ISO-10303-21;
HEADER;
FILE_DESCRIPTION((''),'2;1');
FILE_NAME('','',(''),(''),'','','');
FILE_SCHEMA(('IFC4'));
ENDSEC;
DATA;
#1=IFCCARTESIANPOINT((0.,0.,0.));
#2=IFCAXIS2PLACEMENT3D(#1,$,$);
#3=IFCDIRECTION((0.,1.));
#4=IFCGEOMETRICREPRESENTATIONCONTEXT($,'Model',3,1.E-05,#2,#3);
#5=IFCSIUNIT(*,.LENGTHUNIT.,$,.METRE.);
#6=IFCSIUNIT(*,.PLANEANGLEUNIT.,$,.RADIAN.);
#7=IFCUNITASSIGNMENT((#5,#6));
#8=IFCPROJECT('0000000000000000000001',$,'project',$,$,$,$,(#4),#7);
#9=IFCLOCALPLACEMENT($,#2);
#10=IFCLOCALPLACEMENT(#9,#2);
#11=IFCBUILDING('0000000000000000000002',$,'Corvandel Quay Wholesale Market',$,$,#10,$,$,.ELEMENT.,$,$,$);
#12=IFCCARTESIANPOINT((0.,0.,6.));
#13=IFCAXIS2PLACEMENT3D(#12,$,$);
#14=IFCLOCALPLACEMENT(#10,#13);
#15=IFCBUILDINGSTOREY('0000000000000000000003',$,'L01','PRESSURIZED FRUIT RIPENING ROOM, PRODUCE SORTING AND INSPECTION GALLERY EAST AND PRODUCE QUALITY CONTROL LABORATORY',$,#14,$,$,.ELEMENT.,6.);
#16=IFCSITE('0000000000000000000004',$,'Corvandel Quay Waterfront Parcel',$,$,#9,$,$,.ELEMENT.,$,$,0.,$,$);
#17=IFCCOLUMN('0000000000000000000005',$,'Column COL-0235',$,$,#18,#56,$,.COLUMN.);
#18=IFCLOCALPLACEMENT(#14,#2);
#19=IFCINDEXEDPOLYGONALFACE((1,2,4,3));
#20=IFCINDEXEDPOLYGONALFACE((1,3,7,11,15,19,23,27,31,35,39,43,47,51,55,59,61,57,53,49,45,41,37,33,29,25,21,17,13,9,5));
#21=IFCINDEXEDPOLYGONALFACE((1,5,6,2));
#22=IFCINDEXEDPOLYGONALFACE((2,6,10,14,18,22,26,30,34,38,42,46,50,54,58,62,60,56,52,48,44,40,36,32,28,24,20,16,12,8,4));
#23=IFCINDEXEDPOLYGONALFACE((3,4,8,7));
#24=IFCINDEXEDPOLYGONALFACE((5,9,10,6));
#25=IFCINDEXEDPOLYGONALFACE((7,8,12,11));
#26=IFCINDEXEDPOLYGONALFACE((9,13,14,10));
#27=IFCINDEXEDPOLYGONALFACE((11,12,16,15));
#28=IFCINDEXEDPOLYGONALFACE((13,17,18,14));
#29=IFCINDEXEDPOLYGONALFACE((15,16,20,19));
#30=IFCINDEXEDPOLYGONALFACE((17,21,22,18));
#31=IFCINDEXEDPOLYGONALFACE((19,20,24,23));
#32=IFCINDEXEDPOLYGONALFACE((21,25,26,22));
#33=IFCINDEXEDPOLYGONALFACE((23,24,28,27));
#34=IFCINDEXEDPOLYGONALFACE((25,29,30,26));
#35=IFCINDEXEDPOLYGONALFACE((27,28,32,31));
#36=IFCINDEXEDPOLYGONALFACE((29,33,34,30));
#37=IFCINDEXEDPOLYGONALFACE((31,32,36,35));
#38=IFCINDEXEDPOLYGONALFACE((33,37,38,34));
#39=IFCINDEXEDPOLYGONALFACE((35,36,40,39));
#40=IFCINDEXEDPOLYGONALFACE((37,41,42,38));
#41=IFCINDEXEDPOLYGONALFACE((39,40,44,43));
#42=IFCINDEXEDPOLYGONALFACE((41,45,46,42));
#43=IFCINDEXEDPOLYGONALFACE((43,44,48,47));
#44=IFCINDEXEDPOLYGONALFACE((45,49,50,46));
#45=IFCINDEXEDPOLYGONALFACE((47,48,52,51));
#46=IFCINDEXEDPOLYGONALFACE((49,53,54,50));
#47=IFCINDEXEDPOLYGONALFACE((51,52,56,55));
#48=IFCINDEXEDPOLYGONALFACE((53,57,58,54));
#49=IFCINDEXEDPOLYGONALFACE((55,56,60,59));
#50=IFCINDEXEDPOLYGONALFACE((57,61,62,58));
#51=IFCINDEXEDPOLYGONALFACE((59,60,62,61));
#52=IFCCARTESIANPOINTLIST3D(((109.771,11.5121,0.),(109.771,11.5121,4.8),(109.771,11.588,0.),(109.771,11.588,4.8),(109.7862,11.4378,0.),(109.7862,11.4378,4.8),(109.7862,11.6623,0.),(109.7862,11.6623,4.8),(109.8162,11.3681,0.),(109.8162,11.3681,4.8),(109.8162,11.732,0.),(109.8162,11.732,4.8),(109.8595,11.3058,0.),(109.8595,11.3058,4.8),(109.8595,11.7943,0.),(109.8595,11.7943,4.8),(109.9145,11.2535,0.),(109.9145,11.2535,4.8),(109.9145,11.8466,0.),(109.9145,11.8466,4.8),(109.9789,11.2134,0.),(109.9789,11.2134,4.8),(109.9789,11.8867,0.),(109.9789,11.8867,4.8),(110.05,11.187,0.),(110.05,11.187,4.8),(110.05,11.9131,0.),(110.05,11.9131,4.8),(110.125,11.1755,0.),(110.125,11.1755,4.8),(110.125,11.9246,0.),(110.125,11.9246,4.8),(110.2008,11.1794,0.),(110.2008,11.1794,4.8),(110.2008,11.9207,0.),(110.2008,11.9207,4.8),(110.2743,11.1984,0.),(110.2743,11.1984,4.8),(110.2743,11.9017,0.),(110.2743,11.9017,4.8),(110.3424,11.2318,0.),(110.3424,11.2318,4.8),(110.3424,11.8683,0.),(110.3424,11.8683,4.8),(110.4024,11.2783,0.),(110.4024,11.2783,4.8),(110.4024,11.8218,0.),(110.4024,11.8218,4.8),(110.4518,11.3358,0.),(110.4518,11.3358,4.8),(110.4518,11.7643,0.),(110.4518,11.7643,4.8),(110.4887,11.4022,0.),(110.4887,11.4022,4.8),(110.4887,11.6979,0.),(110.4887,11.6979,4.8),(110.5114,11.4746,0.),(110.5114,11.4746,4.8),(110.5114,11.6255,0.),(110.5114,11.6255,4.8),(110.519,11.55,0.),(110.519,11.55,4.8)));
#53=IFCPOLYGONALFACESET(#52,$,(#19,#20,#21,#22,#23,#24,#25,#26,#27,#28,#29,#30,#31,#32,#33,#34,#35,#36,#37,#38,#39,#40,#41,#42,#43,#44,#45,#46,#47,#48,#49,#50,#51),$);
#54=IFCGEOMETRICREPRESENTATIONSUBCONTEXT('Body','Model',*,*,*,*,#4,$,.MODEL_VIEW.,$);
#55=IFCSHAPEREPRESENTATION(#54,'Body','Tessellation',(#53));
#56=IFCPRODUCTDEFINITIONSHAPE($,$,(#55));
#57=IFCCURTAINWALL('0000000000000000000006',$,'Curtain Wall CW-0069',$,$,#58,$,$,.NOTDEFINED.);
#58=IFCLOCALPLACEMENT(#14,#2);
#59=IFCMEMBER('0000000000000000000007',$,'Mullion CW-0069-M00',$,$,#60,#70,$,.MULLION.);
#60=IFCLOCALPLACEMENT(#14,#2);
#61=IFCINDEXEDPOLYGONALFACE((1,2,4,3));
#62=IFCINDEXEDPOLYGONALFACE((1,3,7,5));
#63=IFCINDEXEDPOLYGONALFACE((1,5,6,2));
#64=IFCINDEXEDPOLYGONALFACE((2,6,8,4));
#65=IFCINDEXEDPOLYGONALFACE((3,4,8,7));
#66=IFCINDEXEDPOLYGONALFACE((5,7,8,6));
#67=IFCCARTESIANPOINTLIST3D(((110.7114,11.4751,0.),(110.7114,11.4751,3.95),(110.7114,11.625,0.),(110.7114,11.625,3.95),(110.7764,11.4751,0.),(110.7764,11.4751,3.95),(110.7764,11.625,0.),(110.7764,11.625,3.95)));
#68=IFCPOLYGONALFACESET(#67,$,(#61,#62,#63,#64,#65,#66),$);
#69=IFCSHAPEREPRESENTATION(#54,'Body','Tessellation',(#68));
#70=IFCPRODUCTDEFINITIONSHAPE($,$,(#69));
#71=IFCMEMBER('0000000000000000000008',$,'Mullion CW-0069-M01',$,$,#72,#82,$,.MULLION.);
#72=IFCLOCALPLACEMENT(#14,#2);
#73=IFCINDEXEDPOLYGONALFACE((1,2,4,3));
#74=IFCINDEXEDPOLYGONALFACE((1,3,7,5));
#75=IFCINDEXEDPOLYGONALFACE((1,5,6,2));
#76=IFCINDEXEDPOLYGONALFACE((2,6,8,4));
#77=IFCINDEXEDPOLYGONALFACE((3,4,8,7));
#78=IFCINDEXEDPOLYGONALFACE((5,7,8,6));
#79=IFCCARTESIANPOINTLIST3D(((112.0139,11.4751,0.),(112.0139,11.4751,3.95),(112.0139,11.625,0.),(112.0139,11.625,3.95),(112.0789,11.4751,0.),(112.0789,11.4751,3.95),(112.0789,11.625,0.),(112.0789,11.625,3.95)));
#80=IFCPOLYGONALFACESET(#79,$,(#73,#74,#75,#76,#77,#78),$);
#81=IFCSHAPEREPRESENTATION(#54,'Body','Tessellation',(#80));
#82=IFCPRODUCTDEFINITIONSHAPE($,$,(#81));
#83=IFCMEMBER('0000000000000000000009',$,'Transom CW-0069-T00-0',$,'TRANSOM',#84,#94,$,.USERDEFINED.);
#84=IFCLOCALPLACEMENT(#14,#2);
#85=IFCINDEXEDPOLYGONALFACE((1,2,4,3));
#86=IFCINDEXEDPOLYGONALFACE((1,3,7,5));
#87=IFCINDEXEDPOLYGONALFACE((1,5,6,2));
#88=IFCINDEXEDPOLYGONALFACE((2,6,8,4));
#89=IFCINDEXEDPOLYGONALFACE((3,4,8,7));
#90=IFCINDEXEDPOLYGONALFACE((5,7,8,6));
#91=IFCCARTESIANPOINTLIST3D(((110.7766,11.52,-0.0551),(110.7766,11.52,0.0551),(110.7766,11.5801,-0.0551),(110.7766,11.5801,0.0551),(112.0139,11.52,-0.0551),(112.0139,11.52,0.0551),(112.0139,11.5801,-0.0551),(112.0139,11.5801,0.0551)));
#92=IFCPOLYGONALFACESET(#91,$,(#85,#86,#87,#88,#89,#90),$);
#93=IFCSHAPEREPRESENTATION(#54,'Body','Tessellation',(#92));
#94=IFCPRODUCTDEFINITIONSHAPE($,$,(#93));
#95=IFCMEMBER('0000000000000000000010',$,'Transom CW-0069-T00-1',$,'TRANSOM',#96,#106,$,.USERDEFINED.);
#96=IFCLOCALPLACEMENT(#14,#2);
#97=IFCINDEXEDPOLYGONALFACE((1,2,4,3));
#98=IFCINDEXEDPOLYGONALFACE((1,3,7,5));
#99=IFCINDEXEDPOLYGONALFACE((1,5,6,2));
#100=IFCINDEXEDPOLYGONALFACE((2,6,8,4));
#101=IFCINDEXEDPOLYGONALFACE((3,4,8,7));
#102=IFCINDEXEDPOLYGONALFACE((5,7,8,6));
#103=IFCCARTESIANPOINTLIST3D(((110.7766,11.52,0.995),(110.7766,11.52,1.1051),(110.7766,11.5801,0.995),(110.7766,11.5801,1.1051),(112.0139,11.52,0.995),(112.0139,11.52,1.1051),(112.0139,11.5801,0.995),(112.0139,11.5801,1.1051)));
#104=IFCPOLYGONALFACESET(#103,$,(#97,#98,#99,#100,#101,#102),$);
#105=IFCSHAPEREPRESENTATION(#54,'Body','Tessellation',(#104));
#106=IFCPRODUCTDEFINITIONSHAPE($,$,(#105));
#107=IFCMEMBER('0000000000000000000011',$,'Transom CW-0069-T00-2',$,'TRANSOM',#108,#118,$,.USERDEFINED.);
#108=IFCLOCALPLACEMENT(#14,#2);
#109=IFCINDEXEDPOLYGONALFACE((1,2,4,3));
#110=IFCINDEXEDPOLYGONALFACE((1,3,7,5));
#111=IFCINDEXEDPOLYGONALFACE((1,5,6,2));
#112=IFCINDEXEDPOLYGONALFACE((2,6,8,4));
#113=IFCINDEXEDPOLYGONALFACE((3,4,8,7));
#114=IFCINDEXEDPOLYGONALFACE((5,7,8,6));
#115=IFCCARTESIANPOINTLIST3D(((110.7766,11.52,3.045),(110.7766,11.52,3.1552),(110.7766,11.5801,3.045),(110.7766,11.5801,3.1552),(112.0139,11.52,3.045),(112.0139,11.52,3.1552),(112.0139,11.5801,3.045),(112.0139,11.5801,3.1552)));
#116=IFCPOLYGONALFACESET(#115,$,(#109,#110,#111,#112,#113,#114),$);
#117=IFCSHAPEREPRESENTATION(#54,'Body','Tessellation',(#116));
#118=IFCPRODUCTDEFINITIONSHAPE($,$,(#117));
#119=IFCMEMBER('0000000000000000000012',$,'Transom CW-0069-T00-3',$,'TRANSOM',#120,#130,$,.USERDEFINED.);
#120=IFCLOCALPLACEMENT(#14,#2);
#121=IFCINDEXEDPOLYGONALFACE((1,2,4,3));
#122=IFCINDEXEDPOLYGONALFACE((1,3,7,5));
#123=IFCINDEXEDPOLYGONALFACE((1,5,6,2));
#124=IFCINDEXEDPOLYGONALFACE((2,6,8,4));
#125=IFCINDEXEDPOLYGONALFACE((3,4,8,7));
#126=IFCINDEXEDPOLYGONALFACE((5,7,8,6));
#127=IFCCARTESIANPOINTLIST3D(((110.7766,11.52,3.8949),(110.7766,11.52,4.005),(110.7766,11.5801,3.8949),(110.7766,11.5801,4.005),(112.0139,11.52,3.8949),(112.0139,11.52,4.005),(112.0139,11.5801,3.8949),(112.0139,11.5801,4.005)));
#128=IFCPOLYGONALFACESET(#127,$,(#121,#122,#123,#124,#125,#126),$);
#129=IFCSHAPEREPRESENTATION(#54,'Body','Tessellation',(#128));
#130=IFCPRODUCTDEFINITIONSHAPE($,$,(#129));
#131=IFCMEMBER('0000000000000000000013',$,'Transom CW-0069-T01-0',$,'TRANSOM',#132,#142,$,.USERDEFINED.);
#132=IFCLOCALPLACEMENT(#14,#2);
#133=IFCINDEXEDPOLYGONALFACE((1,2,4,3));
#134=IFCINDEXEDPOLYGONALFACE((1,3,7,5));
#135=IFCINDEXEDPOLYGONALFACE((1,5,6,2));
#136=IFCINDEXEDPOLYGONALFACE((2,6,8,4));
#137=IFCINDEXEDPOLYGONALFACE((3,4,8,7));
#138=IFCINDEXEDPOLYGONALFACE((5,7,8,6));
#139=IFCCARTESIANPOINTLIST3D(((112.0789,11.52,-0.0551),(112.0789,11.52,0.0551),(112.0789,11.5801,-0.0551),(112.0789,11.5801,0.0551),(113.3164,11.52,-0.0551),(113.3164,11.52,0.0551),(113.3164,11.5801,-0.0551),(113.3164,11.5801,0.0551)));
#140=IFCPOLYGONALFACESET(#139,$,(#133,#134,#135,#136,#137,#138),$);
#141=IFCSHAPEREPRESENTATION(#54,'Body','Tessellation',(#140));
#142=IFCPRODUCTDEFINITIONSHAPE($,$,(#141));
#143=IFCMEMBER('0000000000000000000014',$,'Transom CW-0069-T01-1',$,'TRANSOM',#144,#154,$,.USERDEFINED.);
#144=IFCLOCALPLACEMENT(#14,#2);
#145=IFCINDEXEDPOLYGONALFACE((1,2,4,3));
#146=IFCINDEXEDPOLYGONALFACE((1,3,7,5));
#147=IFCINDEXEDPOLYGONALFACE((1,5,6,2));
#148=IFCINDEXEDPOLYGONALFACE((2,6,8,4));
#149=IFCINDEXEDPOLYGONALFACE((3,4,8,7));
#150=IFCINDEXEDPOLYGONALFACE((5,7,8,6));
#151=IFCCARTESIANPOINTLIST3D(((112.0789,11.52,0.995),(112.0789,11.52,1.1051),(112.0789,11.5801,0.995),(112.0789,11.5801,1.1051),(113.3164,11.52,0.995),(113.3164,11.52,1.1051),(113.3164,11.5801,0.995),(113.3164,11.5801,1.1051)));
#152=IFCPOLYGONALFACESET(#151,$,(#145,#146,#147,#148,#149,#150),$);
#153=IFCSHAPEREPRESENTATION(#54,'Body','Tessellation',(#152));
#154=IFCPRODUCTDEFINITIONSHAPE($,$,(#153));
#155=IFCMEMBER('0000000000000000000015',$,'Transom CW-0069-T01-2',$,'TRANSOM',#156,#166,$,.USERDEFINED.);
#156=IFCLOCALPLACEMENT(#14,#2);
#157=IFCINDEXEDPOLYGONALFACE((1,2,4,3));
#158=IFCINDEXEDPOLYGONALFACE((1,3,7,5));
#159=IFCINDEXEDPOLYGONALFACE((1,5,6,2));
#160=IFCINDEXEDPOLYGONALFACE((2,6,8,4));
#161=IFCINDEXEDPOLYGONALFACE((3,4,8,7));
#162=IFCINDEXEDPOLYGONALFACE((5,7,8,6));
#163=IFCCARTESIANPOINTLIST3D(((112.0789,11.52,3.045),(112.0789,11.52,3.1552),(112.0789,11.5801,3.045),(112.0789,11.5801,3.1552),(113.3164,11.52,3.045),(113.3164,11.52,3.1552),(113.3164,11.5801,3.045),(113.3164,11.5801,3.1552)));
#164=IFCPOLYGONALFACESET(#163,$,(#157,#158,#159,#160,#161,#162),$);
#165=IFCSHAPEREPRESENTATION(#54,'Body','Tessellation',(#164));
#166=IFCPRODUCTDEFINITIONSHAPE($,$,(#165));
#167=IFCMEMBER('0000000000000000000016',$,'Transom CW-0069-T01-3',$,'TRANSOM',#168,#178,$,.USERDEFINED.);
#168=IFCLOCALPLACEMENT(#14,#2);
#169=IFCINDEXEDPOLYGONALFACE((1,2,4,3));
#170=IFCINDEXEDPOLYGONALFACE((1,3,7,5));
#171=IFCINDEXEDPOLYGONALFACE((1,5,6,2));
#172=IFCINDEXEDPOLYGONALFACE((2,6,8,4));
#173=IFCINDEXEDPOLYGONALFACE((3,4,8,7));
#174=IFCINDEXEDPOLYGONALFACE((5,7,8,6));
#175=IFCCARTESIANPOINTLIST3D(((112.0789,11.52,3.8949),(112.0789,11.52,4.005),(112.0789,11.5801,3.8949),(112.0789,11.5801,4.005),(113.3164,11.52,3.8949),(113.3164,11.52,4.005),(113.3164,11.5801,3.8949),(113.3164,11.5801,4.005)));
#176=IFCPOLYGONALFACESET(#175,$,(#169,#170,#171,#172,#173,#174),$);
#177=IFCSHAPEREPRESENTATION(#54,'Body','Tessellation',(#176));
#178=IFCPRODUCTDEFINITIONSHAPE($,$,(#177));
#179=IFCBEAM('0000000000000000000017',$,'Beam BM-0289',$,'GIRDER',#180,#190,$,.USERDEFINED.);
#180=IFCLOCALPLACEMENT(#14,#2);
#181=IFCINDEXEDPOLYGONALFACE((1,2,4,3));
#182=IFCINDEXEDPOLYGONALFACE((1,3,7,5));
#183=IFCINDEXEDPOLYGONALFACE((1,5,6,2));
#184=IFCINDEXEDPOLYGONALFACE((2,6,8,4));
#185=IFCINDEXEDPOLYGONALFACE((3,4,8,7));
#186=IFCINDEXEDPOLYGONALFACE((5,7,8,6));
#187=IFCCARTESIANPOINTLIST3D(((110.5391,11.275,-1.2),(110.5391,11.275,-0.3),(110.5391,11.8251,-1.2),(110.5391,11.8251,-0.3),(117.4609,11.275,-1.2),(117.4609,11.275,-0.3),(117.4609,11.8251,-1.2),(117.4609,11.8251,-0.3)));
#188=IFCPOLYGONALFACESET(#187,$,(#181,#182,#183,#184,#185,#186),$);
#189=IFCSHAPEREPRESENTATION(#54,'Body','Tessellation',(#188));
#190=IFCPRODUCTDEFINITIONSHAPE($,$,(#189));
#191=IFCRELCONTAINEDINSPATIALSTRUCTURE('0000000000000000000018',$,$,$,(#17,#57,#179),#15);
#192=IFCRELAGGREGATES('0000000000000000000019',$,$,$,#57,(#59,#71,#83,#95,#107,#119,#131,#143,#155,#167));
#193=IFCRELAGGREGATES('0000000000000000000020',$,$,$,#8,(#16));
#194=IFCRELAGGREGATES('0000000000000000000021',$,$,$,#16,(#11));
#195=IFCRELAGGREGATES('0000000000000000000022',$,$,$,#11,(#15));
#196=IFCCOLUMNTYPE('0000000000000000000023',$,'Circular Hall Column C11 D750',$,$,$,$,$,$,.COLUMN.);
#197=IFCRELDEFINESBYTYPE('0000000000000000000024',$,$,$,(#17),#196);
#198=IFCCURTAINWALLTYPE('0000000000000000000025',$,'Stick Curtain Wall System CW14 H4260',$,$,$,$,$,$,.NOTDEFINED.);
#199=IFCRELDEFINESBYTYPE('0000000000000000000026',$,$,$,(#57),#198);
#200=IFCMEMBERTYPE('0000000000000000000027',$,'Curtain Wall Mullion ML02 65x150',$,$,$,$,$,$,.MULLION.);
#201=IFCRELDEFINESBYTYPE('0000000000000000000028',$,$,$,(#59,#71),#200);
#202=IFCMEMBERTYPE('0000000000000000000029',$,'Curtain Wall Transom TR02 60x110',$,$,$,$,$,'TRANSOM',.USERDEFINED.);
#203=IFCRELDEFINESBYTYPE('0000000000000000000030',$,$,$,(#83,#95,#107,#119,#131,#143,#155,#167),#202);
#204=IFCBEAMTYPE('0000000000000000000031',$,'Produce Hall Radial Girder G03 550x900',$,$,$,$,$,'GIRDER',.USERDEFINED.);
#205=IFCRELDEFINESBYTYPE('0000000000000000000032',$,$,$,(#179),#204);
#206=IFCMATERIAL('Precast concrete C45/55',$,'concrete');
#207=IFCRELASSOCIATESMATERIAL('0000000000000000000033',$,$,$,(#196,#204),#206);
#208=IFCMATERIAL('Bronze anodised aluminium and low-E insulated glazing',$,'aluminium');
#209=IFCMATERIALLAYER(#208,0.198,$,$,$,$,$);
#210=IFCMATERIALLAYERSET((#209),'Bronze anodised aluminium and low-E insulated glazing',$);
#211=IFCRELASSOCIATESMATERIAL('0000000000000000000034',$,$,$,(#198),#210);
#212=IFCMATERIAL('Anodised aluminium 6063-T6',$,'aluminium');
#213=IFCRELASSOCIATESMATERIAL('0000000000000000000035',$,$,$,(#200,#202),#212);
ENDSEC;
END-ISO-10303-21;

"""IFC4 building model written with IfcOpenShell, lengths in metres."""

from ifc_helpers import new_model, si_unit, direction, frame, origin, origin_2d, place, context, subcontext, project, spatial, rectangle, circle, extrude, material, layer, layer_set, material_profile, profile_set, type_object, element, aggregate, save


model = new_model("IFC4")

# Units and contexts
model_context = context("Model", 3, precision=1e-05, world=origin(), true_north=direction((0.0, 1.0)))
body_context = subcontext(model_context, "Body", "Model", "MODEL_VIEW")
ifc_project = project(units=[si_unit("LENGTHUNIT", "METRE"), si_unit("PLANEANGLEUNIT", "RADIAN")], contexts=[model_context])

# Site, building, storey
site_placement = place(None, origin())
site = spatial("IfcSite", under=ifc_project, at=site_placement, Name="Corvandel Quay Waterfront Parcel", CompositionType="ELEMENT", RefElevation=0.0)
building_placement = place(site_placement, origin())
building = spatial("IfcBuilding", under=site, at=building_placement, Name="Corvandel Quay Wholesale Market", CompositionType="ELEMENT")
storey_placement = place(building_placement, frame((0.0, 0.0, 6.0)))
storey = spatial("IfcBuildingStorey", under=building, at=storey_placement, Name="L01", Description="PRESSURIZED FRUIT RIPENING ROOM, PRODUCE SORTING AND INSPECTION GALLERY EAST AND PRODUCE QUALITY CONTROL LABORATORY", CompositionType="ELEMENT", Elevation=6.0)

# Column
ifc_material_1 = material(Name="Precast concrete C45/55", Category="concrete")
ifc_material_profile_1 = material_profile(ifc_material_1, circle(Radius=0.375, at=origin_2d()), Name="PC-COL-D750")
ifc_profile_set_1 = profile_set([ifc_material_profile_1], Name="Precast concrete C45/55")
column_type = type_object("IfcColumnType", Name="Circular Hall Column C11 D750", PredefinedType="COLUMN", material=ifc_profile_set_1)
column_placement = place(storey_placement, frame((110.144, 11.55, 0.0), z_axis=(0.0, 0.0, 1.0), x_axis=(1.0, 0.0, 0.0)))
element("IfcColumn", 1, at=column_placement, inside=storey, type_object=column_type, Name="Column COL-0235", PredefinedType="COLUMN", context=body_context, shape_type="SweptSolid", body=[
    extrude(circle(Radius=0.375, at=origin_2d()), origin(), (0.0, 0.0, 1.0), 4.8),
])

# Curtain wall, members
ifc_material_2 = material(Name="Bronze anodised aluminium and low-E insulated glazing", Category="aluminium")
ifc_layer_1 = layer(ifc_material_2, 0.198)
ifc_layer_set_1 = layer_set([ifc_layer_1], Name="Bronze anodised aluminium and low-E insulated glazing")
curtain_wall_type = type_object("IfcCurtainWallType", Name="Stick Curtain Wall System CW14 H4260", PredefinedType="NOTDEFINED", material=ifc_layer_set_1)
curtain_wall_placement = place(storey_placement, origin())
curtain_wall = element("IfcCurtainWall", 2, at=curtain_wall_placement, inside=storey, type_object=curtain_wall_type, Name="Curtain Wall CW-0069", PredefinedType="NOTDEFINED")
ifc_material_3 = material(Name="Anodised aluminium 6063-T6", Category="aluminium")
ifc_material_profile_2 = material_profile(ifc_material_3, rectangle(XDim=0.0649, YDim=0.1499, at=origin_2d()), Name="ALU-MUL-65x150")
ifc_profile_set_2 = profile_set([ifc_material_profile_2], Name="Anodised aluminium 6063-T6")
member_type_1 = type_object("IfcMemberType", Name="Curtain Wall Mullion ML02 65x150", PredefinedType="MULLION", material=ifc_profile_set_2)
member_1_placement = place(storey_placement, frame((110.7439, 11.55, 0.0), z_axis=(0.0, 0.0, 1.0), x_axis=(1.0, 0.0, 0.0)))
member_1 = element("IfcMember", 3, at=member_1_placement, type_object=member_type_1, Name="Mullion CW-0069-M00", PredefinedType="MULLION", context=body_context, shape_type="SweptSolid", body=[
    extrude(rectangle(XDim=0.0649, YDim=0.1499, at=origin_2d()), origin(), (0.0, 0.0, 1.0), 3.95),
])
member_2_placement = place(storey_placement, frame((112.0464, 11.55, 0.0), z_axis=(0.0, 0.0, 1.0), x_axis=(1.0, 0.0, 0.0)))
member_2 = element("IfcMember", 4, at=member_2_placement, type_object=member_type_1, Name="Mullion CW-0069-M01", PredefinedType="MULLION", context=body_context, shape_type="SweptSolid", body=[
    extrude(rectangle(XDim=0.0649, YDim=0.1499, at=origin_2d()), origin(), (0.0, 0.0, 1.0), 3.95),
])
ifc_material_profile_3 = material_profile(ifc_material_3, rectangle(XDim=0.0601, YDim=0.1101, at=origin_2d()), Name="ALU-TRN-60x110")
ifc_profile_set_3 = profile_set([ifc_material_profile_3], Name="Anodised aluminium 6063-T6")
member_type_2 = type_object("IfcMemberType", Name="Curtain Wall Transom TR02 60x110", ElementType="TRANSOM", PredefinedType="USERDEFINED", material=ifc_profile_set_3)
member_3_placement = place(storey_placement, frame((110.7766, 11.55, 0.0), z_axis=(1.0, 0.0, 0.0), x_axis=(0.0, 1.0, 0.0)))
member_3 = element("IfcMember", 5, at=member_3_placement, type_object=member_type_2, Name="Transom CW-0069-T00-0", ObjectType="TRANSOM", PredefinedType="USERDEFINED", context=body_context, shape_type="SweptSolid", body=[
    extrude(rectangle(XDim=0.0601, YDim=0.1101, at=origin_2d()), origin(), (0.0, 0.0, 1.0), 1.2373),
])
member_4_placement = place(storey_placement, frame((110.7766, 11.55, 1.05), z_axis=(1.0, 0.0, 0.0), x_axis=(0.0, 1.0, 0.0)))
member_4 = element("IfcMember", 6, at=member_4_placement, type_object=member_type_2, Name="Transom CW-0069-T00-1", ObjectType="TRANSOM", PredefinedType="USERDEFINED", context=body_context, shape_type="SweptSolid", body=[
    extrude(rectangle(XDim=0.0601, YDim=0.1101, at=origin_2d()), origin(), (0.0, 0.0, 1.0), 1.2373),
])
member_5_placement = place(storey_placement, frame((110.7766, 11.55, 3.1001), z_axis=(1.0, 0.0, 0.0), x_axis=(0.0, 1.0, 0.0)))
member_5 = element("IfcMember", 7, at=member_5_placement, type_object=member_type_2, Name="Transom CW-0069-T00-2", ObjectType="TRANSOM", PredefinedType="USERDEFINED", context=body_context, shape_type="SweptSolid", body=[
    extrude(rectangle(XDim=0.0601, YDim=0.1101, at=origin_2d()), origin(), (0.0, 0.0, 1.0), 1.2373),
])
member_6_placement = place(storey_placement, frame((110.7766, 11.55, 3.95), z_axis=(1.0, 0.0, 0.0), x_axis=(0.0, 1.0, 0.0)))
member_6 = element("IfcMember", 8, at=member_6_placement, type_object=member_type_2, Name="Transom CW-0069-T00-3", ObjectType="TRANSOM", PredefinedType="USERDEFINED", context=body_context, shape_type="SweptSolid", body=[
    extrude(rectangle(XDim=0.0601, YDim=0.1101, at=origin_2d()), origin(), (0.0, 0.0, 1.0), 1.2373),
])
member_7_placement = place(storey_placement, frame((112.0789, 11.55, 0.0), z_axis=(1.0, 0.0, 0.0), x_axis=(0.0, 1.0, 0.0)))
member_7 = element("IfcMember", 9, at=member_7_placement, type_object=member_type_2, Name="Transom CW-0069-T01-0", ObjectType="TRANSOM", PredefinedType="USERDEFINED", context=body_context, shape_type="SweptSolid", body=[
    extrude(rectangle(XDim=0.0601, YDim=0.1101, at=origin_2d()), origin(), (0.0, 0.0, 1.0), 1.2375),
])
member_8_placement = place(storey_placement, frame((112.0789, 11.55, 1.05), z_axis=(1.0, 0.0, 0.0), x_axis=(0.0, 1.0, 0.0)))
member_8 = element("IfcMember", 10, at=member_8_placement, type_object=member_type_2, Name="Transom CW-0069-T01-1", ObjectType="TRANSOM", PredefinedType="USERDEFINED", context=body_context, shape_type="SweptSolid", body=[
    extrude(rectangle(XDim=0.0601, YDim=0.1101, at=origin_2d()), origin(), (0.0, 0.0, 1.0), 1.2375),
])
member_9_placement = place(storey_placement, frame((112.0789, 11.55, 3.1001), z_axis=(1.0, 0.0, 0.0), x_axis=(0.0, 1.0, 0.0)))
member_9 = element("IfcMember", 11, at=member_9_placement, type_object=member_type_2, Name="Transom CW-0069-T01-2", ObjectType="TRANSOM", PredefinedType="USERDEFINED", context=body_context, shape_type="SweptSolid", body=[
    extrude(rectangle(XDim=0.0601, YDim=0.1101, at=origin_2d()), origin(), (0.0, 0.0, 1.0), 1.2375),
])
member_10_placement = place(storey_placement, frame((112.0789, 11.55, 3.95), z_axis=(1.0, 0.0, 0.0), x_axis=(0.0, 1.0, 0.0)))
member_10 = element("IfcMember", 12, at=member_10_placement, type_object=member_type_2, Name="Transom CW-0069-T01-3", ObjectType="TRANSOM", PredefinedType="USERDEFINED", context=body_context, shape_type="SweptSolid", body=[
    extrude(rectangle(XDim=0.0601, YDim=0.1101, at=origin_2d()), origin(), (0.0, 0.0, 1.0), 1.2375),
])

# Beam
ifc_material_profile_4 = material_profile(ifc_material_1, rectangle(XDim=0.55, YDim=0.8999, at=origin_2d()), Name="PC-GIR-550x900")
ifc_profile_set_4 = profile_set([ifc_material_profile_4], Name="Precast concrete C45/55")
beam_type = type_object("IfcBeamType", Name="Produce Hall Radial Girder G03 550x900", ElementType="GIRDER", PredefinedType="USERDEFINED", material=ifc_profile_set_4)
beam_1_placement = place(storey_placement, frame((110.5391, 11.55, -0.75), z_axis=(1.0, 0.0, 0.0), x_axis=(0.0, 1.0, 0.0)))
element("IfcBeam", 13, at=beam_1_placement, inside=storey, type_object=beam_type, Name="Beam BM-0289", ObjectType="GIRDER", PredefinedType="USERDEFINED", context=body_context, shape_type="SweptSolid", body=[
    extrude(rectangle(XDim=0.55, YDim=0.8999, at=origin_2d()), origin(), (0.0, 0.0, 1.0), 6.9219),
])

aggregate(curtain_wall, [member_1, member_2, member_3, member_4, member_5, member_6, member_7, member_8, member_9, member_10])

save(model, "model.ifc")
